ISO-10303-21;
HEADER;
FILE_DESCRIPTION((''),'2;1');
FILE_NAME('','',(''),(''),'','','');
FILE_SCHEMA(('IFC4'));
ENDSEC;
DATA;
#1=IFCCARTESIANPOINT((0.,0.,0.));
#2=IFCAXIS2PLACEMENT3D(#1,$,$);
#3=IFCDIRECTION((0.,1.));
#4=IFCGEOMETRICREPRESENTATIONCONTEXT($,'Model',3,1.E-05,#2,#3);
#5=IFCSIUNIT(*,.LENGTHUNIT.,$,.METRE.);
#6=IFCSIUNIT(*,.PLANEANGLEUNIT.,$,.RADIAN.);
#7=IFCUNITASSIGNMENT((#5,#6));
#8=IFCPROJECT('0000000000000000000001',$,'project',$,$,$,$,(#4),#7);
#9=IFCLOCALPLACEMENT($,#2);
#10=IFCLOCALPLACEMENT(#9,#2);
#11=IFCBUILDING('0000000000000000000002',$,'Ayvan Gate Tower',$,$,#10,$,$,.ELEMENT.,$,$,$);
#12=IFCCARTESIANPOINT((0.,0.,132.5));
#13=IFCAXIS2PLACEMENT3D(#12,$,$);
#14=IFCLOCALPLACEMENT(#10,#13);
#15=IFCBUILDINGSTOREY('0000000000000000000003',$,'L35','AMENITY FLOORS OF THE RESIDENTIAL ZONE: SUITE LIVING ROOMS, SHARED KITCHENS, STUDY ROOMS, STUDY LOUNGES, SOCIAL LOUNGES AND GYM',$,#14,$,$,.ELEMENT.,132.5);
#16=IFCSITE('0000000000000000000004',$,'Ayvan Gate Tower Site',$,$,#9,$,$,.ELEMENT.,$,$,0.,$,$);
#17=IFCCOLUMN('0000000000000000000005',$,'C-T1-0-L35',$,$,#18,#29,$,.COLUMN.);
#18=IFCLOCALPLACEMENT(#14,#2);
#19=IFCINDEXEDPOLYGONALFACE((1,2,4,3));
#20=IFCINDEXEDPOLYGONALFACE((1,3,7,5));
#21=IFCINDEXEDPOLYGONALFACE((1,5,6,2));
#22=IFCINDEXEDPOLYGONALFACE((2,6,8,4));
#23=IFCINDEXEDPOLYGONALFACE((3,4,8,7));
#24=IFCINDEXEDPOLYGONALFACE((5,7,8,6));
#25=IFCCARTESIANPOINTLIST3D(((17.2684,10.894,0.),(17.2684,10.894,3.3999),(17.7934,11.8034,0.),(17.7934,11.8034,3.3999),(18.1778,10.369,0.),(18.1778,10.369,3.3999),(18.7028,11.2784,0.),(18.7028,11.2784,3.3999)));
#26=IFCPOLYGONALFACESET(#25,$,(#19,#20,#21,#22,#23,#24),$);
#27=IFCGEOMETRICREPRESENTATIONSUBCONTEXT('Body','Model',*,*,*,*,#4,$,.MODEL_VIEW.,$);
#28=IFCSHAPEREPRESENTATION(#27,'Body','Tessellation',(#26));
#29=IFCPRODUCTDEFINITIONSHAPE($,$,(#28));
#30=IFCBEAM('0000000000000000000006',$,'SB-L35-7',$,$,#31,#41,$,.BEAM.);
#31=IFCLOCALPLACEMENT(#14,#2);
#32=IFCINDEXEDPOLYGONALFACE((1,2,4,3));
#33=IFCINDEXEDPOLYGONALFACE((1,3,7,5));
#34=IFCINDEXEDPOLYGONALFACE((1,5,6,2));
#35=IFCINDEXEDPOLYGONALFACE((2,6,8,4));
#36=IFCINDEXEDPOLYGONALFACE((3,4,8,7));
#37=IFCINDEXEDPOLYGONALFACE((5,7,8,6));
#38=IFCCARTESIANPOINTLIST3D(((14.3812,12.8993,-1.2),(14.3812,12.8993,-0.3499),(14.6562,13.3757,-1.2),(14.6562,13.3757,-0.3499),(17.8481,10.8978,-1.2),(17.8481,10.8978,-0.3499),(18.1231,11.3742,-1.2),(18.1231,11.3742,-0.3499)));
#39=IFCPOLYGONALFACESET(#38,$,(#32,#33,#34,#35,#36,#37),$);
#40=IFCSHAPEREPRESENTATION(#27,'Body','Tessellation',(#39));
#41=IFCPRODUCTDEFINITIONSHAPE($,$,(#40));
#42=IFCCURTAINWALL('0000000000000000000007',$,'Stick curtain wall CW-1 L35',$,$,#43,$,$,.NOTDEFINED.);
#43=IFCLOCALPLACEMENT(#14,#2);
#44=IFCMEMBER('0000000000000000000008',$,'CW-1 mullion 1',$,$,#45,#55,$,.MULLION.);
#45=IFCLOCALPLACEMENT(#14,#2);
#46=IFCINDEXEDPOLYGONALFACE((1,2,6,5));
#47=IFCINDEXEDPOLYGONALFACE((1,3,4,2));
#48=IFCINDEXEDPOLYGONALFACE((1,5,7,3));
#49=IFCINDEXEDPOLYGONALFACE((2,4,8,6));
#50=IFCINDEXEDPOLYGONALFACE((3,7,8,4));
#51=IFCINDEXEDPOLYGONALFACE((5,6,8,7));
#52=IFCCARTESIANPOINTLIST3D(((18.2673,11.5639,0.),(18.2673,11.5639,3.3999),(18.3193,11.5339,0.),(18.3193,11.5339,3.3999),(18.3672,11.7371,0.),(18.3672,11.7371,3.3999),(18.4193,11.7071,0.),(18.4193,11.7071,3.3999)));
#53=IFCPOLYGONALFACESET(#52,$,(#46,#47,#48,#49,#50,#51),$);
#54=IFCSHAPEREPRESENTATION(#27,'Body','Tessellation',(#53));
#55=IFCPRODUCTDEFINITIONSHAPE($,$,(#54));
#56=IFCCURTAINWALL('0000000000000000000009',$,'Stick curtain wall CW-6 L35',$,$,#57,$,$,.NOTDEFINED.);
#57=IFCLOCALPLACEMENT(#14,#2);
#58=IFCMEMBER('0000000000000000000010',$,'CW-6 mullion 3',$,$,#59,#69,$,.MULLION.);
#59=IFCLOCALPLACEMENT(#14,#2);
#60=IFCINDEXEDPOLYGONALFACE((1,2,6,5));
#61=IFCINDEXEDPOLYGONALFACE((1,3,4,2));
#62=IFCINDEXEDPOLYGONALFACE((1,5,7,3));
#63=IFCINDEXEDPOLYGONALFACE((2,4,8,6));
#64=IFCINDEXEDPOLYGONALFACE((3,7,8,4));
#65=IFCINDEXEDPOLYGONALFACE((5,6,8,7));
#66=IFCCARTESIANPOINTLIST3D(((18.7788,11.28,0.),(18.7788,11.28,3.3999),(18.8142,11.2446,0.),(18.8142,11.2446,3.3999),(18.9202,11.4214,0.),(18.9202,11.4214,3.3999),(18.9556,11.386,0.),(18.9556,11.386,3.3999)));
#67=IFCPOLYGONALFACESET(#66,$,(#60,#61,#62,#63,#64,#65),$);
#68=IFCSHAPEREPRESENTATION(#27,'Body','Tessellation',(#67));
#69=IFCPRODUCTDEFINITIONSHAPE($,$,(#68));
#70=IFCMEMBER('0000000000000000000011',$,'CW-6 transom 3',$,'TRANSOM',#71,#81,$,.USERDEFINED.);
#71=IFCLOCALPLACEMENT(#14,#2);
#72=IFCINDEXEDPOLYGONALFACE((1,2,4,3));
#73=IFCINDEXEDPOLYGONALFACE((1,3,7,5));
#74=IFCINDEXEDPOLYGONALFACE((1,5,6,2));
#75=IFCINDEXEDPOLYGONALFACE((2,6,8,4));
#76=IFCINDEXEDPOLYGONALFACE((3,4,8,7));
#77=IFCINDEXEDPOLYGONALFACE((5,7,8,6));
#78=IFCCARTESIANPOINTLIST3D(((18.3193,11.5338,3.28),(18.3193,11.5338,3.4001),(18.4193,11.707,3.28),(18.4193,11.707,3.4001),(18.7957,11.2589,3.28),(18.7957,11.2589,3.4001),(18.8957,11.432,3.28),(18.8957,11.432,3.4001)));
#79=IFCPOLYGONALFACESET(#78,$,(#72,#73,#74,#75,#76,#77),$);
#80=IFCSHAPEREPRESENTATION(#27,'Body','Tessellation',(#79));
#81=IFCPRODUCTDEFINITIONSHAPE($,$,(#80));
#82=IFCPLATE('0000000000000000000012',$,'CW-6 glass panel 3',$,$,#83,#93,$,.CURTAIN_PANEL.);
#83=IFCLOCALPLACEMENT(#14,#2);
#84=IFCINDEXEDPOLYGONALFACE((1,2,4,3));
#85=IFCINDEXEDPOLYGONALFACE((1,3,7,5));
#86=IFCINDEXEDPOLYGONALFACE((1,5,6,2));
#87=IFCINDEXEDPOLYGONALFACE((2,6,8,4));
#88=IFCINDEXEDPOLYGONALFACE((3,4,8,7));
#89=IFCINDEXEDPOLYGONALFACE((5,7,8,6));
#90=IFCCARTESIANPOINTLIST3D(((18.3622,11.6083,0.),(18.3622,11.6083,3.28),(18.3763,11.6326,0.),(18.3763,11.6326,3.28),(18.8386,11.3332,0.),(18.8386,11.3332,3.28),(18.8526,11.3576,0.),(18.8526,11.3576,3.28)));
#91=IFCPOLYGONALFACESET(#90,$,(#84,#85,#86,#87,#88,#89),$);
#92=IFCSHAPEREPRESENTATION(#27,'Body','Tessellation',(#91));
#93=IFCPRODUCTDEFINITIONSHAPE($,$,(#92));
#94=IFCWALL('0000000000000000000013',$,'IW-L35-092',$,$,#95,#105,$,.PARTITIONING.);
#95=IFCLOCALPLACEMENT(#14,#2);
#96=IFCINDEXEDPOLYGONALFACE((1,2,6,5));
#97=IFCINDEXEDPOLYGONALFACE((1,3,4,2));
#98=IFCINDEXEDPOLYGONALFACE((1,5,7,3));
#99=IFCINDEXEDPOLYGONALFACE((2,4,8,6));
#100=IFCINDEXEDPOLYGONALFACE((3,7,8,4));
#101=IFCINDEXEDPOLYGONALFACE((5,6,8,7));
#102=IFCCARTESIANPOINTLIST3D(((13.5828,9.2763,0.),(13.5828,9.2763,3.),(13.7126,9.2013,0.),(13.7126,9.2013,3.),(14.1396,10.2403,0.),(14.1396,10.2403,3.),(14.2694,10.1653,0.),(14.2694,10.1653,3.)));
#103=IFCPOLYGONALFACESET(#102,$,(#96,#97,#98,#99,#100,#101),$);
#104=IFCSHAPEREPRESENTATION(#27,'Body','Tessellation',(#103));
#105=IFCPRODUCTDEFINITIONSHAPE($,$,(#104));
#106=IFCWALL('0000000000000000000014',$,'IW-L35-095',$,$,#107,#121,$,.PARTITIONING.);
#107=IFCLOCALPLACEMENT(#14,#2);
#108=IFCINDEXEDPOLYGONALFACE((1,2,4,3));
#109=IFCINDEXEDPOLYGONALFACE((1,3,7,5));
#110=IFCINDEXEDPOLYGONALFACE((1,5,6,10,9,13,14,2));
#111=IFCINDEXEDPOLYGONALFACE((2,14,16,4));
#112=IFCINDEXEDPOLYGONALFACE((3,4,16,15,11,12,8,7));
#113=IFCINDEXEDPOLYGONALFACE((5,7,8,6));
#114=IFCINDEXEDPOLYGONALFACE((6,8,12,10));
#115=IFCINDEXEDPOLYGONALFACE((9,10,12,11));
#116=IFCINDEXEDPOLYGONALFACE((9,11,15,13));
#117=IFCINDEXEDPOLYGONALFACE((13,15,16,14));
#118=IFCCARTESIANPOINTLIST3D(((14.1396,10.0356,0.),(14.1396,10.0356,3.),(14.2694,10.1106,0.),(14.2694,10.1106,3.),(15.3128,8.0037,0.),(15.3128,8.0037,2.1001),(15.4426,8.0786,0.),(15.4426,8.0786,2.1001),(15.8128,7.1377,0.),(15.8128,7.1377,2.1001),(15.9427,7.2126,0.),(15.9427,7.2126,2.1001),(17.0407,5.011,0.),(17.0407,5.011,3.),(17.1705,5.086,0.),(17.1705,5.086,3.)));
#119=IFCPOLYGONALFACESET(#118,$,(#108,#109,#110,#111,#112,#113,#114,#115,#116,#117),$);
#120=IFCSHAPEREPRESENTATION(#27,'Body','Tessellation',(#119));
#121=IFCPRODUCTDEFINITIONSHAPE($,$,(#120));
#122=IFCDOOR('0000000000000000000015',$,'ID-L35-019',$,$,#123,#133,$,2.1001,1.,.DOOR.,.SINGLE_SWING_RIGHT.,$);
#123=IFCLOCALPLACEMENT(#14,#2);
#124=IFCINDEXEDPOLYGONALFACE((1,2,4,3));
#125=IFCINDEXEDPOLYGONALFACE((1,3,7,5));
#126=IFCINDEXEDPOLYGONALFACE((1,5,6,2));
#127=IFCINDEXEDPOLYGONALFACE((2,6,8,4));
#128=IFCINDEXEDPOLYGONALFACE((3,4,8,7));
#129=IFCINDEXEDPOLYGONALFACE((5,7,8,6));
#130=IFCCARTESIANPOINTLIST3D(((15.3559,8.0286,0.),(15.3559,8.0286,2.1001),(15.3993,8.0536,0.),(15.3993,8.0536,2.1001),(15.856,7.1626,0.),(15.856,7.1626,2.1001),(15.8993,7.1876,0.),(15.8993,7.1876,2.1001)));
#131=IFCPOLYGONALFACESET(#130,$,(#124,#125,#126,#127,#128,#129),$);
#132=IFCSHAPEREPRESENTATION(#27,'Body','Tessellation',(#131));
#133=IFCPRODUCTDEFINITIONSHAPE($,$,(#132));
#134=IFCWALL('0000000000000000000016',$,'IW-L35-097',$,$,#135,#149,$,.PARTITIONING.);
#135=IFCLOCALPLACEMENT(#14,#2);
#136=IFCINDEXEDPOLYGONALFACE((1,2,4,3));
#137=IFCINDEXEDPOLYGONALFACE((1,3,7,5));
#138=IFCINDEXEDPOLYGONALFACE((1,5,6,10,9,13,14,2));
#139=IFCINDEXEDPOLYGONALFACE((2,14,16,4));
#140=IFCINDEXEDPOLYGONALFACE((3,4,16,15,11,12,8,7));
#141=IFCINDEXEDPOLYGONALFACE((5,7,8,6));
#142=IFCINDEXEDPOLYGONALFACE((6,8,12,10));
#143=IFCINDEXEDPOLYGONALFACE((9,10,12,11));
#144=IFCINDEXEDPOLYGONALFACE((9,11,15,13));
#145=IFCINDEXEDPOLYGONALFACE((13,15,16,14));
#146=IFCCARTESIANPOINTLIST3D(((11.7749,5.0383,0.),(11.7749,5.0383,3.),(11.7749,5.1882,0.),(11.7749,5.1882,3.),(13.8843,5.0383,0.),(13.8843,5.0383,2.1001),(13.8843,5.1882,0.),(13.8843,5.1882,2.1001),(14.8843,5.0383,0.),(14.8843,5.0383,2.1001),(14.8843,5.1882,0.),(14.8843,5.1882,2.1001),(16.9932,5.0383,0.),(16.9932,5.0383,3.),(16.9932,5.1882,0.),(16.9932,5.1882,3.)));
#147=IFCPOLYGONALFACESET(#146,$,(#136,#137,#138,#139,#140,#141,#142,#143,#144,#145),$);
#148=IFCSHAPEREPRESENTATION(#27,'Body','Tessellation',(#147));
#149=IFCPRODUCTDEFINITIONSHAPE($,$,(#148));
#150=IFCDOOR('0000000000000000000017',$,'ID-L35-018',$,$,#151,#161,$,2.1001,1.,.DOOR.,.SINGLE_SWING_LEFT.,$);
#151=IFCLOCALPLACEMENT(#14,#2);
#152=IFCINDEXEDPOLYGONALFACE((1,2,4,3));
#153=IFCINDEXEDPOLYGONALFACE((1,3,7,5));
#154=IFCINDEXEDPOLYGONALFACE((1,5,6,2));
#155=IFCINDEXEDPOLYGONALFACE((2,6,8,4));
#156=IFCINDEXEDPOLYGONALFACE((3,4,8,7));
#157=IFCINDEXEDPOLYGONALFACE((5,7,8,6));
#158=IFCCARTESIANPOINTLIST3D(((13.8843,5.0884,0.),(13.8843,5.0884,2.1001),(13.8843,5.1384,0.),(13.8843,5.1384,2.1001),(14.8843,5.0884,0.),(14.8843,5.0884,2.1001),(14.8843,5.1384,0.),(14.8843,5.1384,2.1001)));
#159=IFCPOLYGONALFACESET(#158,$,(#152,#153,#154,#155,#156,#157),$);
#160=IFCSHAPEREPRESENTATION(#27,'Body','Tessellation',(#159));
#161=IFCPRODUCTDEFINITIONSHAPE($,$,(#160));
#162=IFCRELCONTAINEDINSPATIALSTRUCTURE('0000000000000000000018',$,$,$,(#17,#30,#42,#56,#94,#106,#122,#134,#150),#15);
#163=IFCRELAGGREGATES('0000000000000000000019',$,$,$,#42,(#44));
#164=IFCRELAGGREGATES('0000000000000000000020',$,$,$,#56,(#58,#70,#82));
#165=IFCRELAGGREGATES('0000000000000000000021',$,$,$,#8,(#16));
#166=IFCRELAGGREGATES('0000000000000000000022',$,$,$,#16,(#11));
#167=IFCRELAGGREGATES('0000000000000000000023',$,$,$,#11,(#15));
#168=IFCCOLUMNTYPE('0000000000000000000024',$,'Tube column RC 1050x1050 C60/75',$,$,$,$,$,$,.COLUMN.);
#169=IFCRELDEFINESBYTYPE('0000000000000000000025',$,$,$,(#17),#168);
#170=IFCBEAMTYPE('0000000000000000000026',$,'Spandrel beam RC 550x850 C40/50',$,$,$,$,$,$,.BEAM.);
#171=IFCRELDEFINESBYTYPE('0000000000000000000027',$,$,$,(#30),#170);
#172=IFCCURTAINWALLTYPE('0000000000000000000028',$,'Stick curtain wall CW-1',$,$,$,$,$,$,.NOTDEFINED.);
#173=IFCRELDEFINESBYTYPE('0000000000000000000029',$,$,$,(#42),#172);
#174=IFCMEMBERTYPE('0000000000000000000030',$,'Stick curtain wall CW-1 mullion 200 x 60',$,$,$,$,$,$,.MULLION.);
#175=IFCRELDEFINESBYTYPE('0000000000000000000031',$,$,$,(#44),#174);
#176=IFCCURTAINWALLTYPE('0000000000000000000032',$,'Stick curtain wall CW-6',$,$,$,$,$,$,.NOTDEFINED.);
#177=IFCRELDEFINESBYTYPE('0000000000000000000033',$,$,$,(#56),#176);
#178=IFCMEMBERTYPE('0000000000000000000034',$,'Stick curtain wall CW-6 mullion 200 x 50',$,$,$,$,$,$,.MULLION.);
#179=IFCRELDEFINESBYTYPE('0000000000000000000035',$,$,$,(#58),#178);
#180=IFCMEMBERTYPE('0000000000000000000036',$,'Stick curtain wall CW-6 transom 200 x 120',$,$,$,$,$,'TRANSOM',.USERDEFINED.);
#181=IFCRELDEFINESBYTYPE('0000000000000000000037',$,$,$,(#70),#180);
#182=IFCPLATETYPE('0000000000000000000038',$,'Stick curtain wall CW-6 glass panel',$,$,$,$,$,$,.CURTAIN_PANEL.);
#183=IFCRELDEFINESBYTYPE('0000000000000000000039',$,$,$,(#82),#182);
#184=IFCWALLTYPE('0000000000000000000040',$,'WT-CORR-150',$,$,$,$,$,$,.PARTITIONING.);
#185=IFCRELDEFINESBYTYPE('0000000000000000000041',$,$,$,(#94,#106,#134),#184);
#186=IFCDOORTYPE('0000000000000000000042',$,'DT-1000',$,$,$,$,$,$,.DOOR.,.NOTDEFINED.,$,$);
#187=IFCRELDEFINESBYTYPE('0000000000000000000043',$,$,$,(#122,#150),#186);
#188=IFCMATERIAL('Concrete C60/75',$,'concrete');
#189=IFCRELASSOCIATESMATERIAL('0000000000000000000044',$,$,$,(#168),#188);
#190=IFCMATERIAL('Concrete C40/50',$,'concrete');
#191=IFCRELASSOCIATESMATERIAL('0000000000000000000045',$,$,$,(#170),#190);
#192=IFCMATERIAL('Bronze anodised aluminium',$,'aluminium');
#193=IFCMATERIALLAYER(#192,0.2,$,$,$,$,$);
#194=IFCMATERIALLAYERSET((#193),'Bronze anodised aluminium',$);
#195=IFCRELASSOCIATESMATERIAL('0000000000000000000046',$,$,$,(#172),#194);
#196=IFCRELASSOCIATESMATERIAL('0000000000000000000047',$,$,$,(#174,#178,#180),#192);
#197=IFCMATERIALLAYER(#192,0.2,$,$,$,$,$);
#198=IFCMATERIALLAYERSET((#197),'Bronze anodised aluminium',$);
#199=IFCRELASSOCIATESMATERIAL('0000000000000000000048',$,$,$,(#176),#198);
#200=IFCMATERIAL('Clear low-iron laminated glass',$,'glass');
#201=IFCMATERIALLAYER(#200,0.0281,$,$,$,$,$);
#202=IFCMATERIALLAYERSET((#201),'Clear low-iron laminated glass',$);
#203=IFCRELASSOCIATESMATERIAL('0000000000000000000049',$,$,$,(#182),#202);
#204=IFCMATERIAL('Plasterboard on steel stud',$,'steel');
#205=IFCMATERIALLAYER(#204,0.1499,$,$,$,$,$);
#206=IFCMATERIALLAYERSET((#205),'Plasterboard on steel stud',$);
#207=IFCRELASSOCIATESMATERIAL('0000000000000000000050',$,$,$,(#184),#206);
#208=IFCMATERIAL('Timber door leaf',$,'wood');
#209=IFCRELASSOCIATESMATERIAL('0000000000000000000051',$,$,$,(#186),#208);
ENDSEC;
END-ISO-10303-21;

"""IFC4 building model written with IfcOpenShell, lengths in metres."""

from ifc_helpers import new_model, si_unit, direction, frame, frame_2d, origin, origin_2d, place, context, subcontext, project, spatial, rectangle, extrude, material, layer, layer_set, material_profile, profile_set, type_object, element, fill, aggregate, save


model = new_model("IFC4")

# Units and contexts
model_context = context("Model", 3, precision=1e-05, world=origin(), true_north=direction((0.0, 1.0)))
body_context = subcontext(model_context, "Body", "Model", "MODEL_VIEW")
ifc_project = project(units=[si_unit("LENGTHUNIT", "METRE"), si_unit("PLANEANGLEUNIT", "RADIAN")], contexts=[model_context])

# Site, building, storey
site_placement = place(None, origin())
site = spatial("IfcSite", under=ifc_project, at=site_placement, Name="Ayvan Gate Tower Site", CompositionType="ELEMENT", RefElevation=0.0)
building_placement = place(site_placement, origin())
building = spatial("IfcBuilding", under=site, at=building_placement, Name="Ayvan Gate Tower", CompositionType="ELEMENT")
storey_placement = place(building_placement, frame((0.0, 0.0, 132.5)))
storey = spatial("IfcBuildingStorey", under=building, at=storey_placement, Name="L35", Description="AMENITY FLOORS OF THE RESIDENTIAL ZONE: SUITE LIVING ROOMS, SHARED KITCHENS, STUDY ROOMS, STUDY LOUNGES, SOCIAL LOUNGES AND GYM", CompositionType="ELEMENT", Elevation=132.5)

# Column
ifc_material_1 = material(Name="Concrete C60/75", Category="concrete")
ifc_material_profile_1 = material_profile(ifc_material_1, rectangle(XDim=1.05, YDim=1.05, at=origin_2d()), Name="RC 1050x1050")
ifc_profile_set_1 = profile_set([ifc_material_profile_1], Name="Concrete C60/75")
column_type = type_object("IfcColumnType", Name="Tube column RC 1050x1050 C60/75", PredefinedType="COLUMN", material=ifc_profile_set_1)
column_placement = place(storey_placement, frame((17.9856, 11.0862, 0.0), z_axis=(0.0, 0.0, 1.0), x_axis=(0.5, 0.866025, 0.0)))
element("IfcColumn", 1, at=column_placement, inside=storey, type_object=column_type, Name="C-T1-0-L35", PredefinedType="COLUMN", context=body_context, shape_type="SweptSolid", body=[
    extrude(rectangle(XDim=1.05, YDim=1.05, at=origin_2d()), origin(), (0.0, 0.0, 1.0), 3.3999),
])

# Beam
ifc_material_2 = material(Name="Concrete C40/50", Category="concrete")
ifc_material_profile_2 = material_profile(ifc_material_2, rectangle(XDim=0.55, YDim=0.8501, at=origin_2d()), Name="RC 550x850")
ifc_profile_set_2 = profile_set([ifc_material_profile_2], Name="Concrete C40/50")
beam_type = type_object("IfcBeamType", Name="Spandrel beam RC 550x850 C40/50", PredefinedType="BEAM", material=ifc_profile_set_2)
beam_placement = place(storey_placement, frame((17.9856, 11.136, -0.7749), z_axis=(-0.866035, 0.499983, 0.0), x_axis=(-0.499983, -0.866035, 0.0)))
element("IfcBeam", 2, at=beam_placement, inside=storey, type_object=beam_type, Name="SB-L35-7", PredefinedType="BEAM", context=body_context, shape_type="SweptSolid", body=[
    extrude(rectangle(XDim=0.55, YDim=0.8501, at=origin_2d()), origin(), (0.0, 0.0, 1.0), 4.0032),
])

# Curtain wall, member
ifc_material_3 = material(Name="Bronze anodised aluminium", Category="aluminium")
ifc_layer_1 = layer(ifc_material_3, 0.2)
ifc_layer_set_1 = layer_set([ifc_layer_1], Name="Bronze anodised aluminium")
curtain_wall_type_1 = type_object("IfcCurtainWallType", Name="Stick curtain wall CW-1", PredefinedType="NOTDEFINED", material=ifc_layer_set_1)
curtain_wall_1_placement = place(storey_placement, origin())
curtain_wall_1 = element("IfcCurtainWall", 3, at=curtain_wall_1_placement, inside=storey, type_object=curtain_wall_type_1, Name="Stick curtain wall CW-1 L35", PredefinedType="NOTDEFINED")
ifc_material_profile_3 = material_profile(ifc_material_3, rectangle(XDim=0.2, YDim=0.0601, at=origin_2d()), Name="Stick curtain wall CW-1 mullion 200 x 60")
ifc_profile_set_3 = profile_set([ifc_material_profile_3], Name="Bronze anodised aluminium")
member_type_1 = type_object("IfcMemberType", Name="Stick curtain wall CW-1 mullion 200 x 60", PredefinedType="MULLION", material=ifc_profile_set_3)
member_1_placement = place(storey_placement, frame((18.3433, 11.6355, 0.0), z_axis=(0.0, 0.0, 1.0), x_axis=(0.5, 0.866025, 0.0)))
member_1 = element("IfcMember", 4, at=member_1_placement, type_object=member_type_1, Name="CW-1 mullion 1", PredefinedType="MULLION", context=body_context, shape_type="SweptSolid", body=[
    extrude(rectangle(XDim=0.2, YDim=0.0601, at=origin_2d()), origin(), (0.0, 0.0, 1.0), 3.3999),
])
aggregate(curtain_wall_1, [member_1])

# Curtain wall, members, plate
ifc_layer_2 = layer(ifc_material_3, 0.2)
ifc_layer_set_2 = layer_set([ifc_layer_2], Name="Bronze anodised aluminium")
curtain_wall_type_2 = type_object("IfcCurtainWallType", Name="Stick curtain wall CW-6", PredefinedType="NOTDEFINED", material=ifc_layer_set_2)
curtain_wall_2_placement = place(storey_placement, origin())
curtain_wall_2 = element("IfcCurtainWall", 5, at=curtain_wall_2_placement, inside=storey, type_object=curtain_wall_type_2, Name="Stick curtain wall CW-6 L35", PredefinedType="NOTDEFINED")
ifc_material_profile_4 = material_profile(ifc_material_3, rectangle(XDim=0.2, YDim=0.05, at=origin_2d()), Name="Stick curtain wall CW-6 mullion 200 x 50")
ifc_profile_set_4 = profile_set([ifc_material_profile_4], Name="Bronze anodised aluminium")
member_type_2 = type_object("IfcMemberType", Name="Stick curtain wall CW-6 mullion 200 x 50", PredefinedType="MULLION", material=ifc_profile_set_4)
member_2_placement = place(storey_placement, frame((18.8672, 11.333, 0.0), z_axis=(0.0, 0.0, 1.0), x_axis=(0.707107, 0.707107, 0.0)))
member_2 = element("IfcMember", 6, at=member_2_placement, type_object=member_type_2, Name="CW-6 mullion 3", PredefinedType="MULLION", context=body_context, shape_type="SweptSolid", body=[
    extrude(rectangle(XDim=0.2, YDim=0.05, at=origin_2d()), origin(), (0.0, 0.0, 1.0), 3.3999),
])
ifc_material_profile_5 = material_profile(ifc_material_3, rectangle(XDim=0.2, YDim=0.1201, at=origin_2d()), Name="Stick curtain wall CW-6 transom 200 x 120")
ifc_profile_set_5 = profile_set([ifc_material_profile_5], Name="Bronze anodised aluminium")
member_type_3 = type_object("IfcMemberType", Name="Stick curtain wall CW-6 transom 200 x 120", ElementType="TRANSOM", PredefinedType="USERDEFINED", material=ifc_profile_set_5)
member_3_placement = place(storey_placement, frame((18.8457, 11.3455, 3.3401), z_axis=(-0.866104, 0.499863, 0.0), x_axis=(-0.499863, -0.866104, 0.0)))
member_3 = element("IfcMember", 7, at=member_3_placement, type_object=member_type_3, Name="CW-6 transom 3", ObjectType="TRANSOM", PredefinedType="USERDEFINED", context=body_context, shape_type="SweptSolid", body=[
    extrude(rectangle(XDim=0.2, YDim=0.1201, at=origin_2d()), origin(), (0.0, 0.0, 1.0), 0.55),
])
ifc_material_4 = material(Name="Clear low-iron laminated glass", Category="glass")
ifc_layer_3 = layer(ifc_material_4, 0.0281)
ifc_layer_set_3 = layer_set([ifc_layer_3], Name="Clear low-iron laminated glass")
plate_type = type_object("IfcPlateType", Name="Stick curtain wall CW-6 glass panel", PredefinedType="CURTAIN_PANEL", material=ifc_layer_set_3)
plate_placement = place(storey_placement, frame((18.6074, 11.4829, 0.0), z_axis=(0.0, 0.0, 1.0), x_axis=(-0.866025, 0.5, 0.0)))
plate = element("IfcPlate", 8, at=plate_placement, type_object=plate_type, Name="CW-6 glass panel 3", PredefinedType="CURTAIN_PANEL", context=body_context, shape_type="SweptSolid", body=[
    extrude(rectangle(XDim=0.55, YDim=0.0281, at=origin_2d()), origin(), (0.0, 0.0, 1.0), 3.28),
])
aggregate(curtain_wall_2, [member_2, member_3, plate])

# Wall
ifc_material_5 = material(Name="Plasterboard on steel stud", Category="steel")
ifc_layer_4 = layer(ifc_material_5, 0.1499)
ifc_layer_set_4 = layer_set([ifc_layer_4], Name="Plasterboard on steel stud")
wall_type_1 = type_object("IfcWallType", Name="WT-CORR-150", PredefinedType="PARTITIONING", material=ifc_layer_set_4)
wall_1_placement = place(storey_placement, frame((13.6477, 9.2388, 0.0), z_axis=(0.0, 0.0, 1.0), x_axis=(0.500172, 0.865926, 0.0)))
element("IfcWall", 9, at=wall_1_placement, inside=storey, type_object=wall_type_1, Name="IW-L35-092", PredefinedType="PARTITIONING", context=body_context, shape_type="SweptSolid", body=[
    extrude(rectangle(XDim=1.1133, YDim=0.1499, at=frame_2d((0.5566, 0.0))), origin(), (0.0, 0.0, 1.0), 3.0),
])

# Walls, openings, doors
wall_2_placement = place(storey_placement, frame((14.2046, 10.073, 0.0), z_axis=(0.0, 0.0, 1.0), x_axis=(0.500017, -0.866015, 0.0)))
wall_2 = element("IfcWall", 10, at=wall_2_placement, inside=storey, type_object=wall_type_1, Name="IW-L35-095", PredefinedType="PARTITIONING", context=body_context, shape_type="SweptSolid", body=[
    extrude(rectangle(XDim=5.802, YDim=0.1499, at=frame_2d((2.9009, 0.0))), origin(), (0.0, 0.0, 1.0), 3.0),
])
opening_1_placement = place(wall_2_placement, frame((2.3462, 0.0, 0.0)))
opening_1 = element("IfcOpeningElement", 11, at=opening_1_placement, cuts=wall_2, PredefinedType="OPENING", context=body_context, shape_type="SweptSolid", body=[
    extrude(rectangle(XDim=1.0, YDim=2.1001, at=frame_2d((0.5, 1.05))), frame((0.0, 0.085, 0.0), z_axis=(0.0, -1.0, 0.0), x_axis=(1.0, 0.0, 0.0)), (0.0, 0.0, 1.0), 0.1699),
])
ifc_material_6 = material(Name="Timber door leaf", Category="wood")
door_type_1 = type_object("IfcDoorType", Name="DT-1000", OperationType="NOTDEFINED", PredefinedType="DOOR", material=ifc_material_6)
door_1_placement = place(opening_1_placement, origin())
door_1 = element("IfcDoor", 12, at=door_1_placement, inside=storey, type_object=door_type_1, Name="ID-L35-019", OperationType="SINGLE_SWING_RIGHT", OverallHeight=2.1001, OverallWidth=1.0, PredefinedType="DOOR", context=body_context, shape_type="SweptSolid", body=[
    extrude(rectangle(XDim=1.0, YDim=2.1001, at=frame_2d((0.5, 1.05))), frame((0.0, 0.0249, 0.0), z_axis=(0.0, -1.0, 0.0), x_axis=(1.0, 0.0, 0.0)), (0.0, 0.0, 1.0), 0.05),
])
fill(opening_1, door_1)
wall_3_placement = place(storey_placement, frame((16.9932, 5.1133, 0.0), z_axis=(0.0, 0.0, 1.0), x_axis=(-1.0, 0.0, 0.0)))
wall_3 = element("IfcWall", 13, at=wall_3_placement, inside=storey, type_object=wall_type_1, Name="IW-L35-097", PredefinedType="PARTITIONING", context=body_context, shape_type="SweptSolid", body=[
    extrude(rectangle(XDim=5.2183, YDim=0.1499, at=frame_2d((2.6091, 0.0))), origin(), (0.0, 0.0, 1.0), 3.0),
])
opening_2_placement = place(wall_3_placement, frame((2.1089, 0.0, 0.0)))
opening_2 = element("IfcOpeningElement", 14, at=opening_2_placement, cuts=wall_3, PredefinedType="OPENING", context=body_context, shape_type="SweptSolid", body=[
    extrude(rectangle(XDim=1.0, YDim=2.1001, at=frame_2d((0.5, 1.05))), frame((0.0, 0.085, 0.0), z_axis=(0.0, -1.0, 0.0), x_axis=(1.0, 0.0, 0.0)), (0.0, 0.0, 1.0), 0.1699),
])
door_2_placement = place(opening_2_placement, origin())
door_2 = element("IfcDoor", 15, at=door_2_placement, inside=storey, type_object=door_type_1, Name="ID-L35-018", OperationType="SINGLE_SWING_LEFT", OverallHeight=2.1001, OverallWidth=1.0, PredefinedType="DOOR", context=body_context, shape_type="SweptSolid", body=[
    extrude(rectangle(XDim=1.0, YDim=2.1001, at=frame_2d((0.5, 1.05))), frame((0.0, 0.0249, 0.0), z_axis=(0.0, -1.0, 0.0), x_axis=(1.0, 0.0, 0.0)), (0.0, 0.0, 1.0), 0.05),
])
fill(opening_2, door_2)

save(model, "model.ifc")
